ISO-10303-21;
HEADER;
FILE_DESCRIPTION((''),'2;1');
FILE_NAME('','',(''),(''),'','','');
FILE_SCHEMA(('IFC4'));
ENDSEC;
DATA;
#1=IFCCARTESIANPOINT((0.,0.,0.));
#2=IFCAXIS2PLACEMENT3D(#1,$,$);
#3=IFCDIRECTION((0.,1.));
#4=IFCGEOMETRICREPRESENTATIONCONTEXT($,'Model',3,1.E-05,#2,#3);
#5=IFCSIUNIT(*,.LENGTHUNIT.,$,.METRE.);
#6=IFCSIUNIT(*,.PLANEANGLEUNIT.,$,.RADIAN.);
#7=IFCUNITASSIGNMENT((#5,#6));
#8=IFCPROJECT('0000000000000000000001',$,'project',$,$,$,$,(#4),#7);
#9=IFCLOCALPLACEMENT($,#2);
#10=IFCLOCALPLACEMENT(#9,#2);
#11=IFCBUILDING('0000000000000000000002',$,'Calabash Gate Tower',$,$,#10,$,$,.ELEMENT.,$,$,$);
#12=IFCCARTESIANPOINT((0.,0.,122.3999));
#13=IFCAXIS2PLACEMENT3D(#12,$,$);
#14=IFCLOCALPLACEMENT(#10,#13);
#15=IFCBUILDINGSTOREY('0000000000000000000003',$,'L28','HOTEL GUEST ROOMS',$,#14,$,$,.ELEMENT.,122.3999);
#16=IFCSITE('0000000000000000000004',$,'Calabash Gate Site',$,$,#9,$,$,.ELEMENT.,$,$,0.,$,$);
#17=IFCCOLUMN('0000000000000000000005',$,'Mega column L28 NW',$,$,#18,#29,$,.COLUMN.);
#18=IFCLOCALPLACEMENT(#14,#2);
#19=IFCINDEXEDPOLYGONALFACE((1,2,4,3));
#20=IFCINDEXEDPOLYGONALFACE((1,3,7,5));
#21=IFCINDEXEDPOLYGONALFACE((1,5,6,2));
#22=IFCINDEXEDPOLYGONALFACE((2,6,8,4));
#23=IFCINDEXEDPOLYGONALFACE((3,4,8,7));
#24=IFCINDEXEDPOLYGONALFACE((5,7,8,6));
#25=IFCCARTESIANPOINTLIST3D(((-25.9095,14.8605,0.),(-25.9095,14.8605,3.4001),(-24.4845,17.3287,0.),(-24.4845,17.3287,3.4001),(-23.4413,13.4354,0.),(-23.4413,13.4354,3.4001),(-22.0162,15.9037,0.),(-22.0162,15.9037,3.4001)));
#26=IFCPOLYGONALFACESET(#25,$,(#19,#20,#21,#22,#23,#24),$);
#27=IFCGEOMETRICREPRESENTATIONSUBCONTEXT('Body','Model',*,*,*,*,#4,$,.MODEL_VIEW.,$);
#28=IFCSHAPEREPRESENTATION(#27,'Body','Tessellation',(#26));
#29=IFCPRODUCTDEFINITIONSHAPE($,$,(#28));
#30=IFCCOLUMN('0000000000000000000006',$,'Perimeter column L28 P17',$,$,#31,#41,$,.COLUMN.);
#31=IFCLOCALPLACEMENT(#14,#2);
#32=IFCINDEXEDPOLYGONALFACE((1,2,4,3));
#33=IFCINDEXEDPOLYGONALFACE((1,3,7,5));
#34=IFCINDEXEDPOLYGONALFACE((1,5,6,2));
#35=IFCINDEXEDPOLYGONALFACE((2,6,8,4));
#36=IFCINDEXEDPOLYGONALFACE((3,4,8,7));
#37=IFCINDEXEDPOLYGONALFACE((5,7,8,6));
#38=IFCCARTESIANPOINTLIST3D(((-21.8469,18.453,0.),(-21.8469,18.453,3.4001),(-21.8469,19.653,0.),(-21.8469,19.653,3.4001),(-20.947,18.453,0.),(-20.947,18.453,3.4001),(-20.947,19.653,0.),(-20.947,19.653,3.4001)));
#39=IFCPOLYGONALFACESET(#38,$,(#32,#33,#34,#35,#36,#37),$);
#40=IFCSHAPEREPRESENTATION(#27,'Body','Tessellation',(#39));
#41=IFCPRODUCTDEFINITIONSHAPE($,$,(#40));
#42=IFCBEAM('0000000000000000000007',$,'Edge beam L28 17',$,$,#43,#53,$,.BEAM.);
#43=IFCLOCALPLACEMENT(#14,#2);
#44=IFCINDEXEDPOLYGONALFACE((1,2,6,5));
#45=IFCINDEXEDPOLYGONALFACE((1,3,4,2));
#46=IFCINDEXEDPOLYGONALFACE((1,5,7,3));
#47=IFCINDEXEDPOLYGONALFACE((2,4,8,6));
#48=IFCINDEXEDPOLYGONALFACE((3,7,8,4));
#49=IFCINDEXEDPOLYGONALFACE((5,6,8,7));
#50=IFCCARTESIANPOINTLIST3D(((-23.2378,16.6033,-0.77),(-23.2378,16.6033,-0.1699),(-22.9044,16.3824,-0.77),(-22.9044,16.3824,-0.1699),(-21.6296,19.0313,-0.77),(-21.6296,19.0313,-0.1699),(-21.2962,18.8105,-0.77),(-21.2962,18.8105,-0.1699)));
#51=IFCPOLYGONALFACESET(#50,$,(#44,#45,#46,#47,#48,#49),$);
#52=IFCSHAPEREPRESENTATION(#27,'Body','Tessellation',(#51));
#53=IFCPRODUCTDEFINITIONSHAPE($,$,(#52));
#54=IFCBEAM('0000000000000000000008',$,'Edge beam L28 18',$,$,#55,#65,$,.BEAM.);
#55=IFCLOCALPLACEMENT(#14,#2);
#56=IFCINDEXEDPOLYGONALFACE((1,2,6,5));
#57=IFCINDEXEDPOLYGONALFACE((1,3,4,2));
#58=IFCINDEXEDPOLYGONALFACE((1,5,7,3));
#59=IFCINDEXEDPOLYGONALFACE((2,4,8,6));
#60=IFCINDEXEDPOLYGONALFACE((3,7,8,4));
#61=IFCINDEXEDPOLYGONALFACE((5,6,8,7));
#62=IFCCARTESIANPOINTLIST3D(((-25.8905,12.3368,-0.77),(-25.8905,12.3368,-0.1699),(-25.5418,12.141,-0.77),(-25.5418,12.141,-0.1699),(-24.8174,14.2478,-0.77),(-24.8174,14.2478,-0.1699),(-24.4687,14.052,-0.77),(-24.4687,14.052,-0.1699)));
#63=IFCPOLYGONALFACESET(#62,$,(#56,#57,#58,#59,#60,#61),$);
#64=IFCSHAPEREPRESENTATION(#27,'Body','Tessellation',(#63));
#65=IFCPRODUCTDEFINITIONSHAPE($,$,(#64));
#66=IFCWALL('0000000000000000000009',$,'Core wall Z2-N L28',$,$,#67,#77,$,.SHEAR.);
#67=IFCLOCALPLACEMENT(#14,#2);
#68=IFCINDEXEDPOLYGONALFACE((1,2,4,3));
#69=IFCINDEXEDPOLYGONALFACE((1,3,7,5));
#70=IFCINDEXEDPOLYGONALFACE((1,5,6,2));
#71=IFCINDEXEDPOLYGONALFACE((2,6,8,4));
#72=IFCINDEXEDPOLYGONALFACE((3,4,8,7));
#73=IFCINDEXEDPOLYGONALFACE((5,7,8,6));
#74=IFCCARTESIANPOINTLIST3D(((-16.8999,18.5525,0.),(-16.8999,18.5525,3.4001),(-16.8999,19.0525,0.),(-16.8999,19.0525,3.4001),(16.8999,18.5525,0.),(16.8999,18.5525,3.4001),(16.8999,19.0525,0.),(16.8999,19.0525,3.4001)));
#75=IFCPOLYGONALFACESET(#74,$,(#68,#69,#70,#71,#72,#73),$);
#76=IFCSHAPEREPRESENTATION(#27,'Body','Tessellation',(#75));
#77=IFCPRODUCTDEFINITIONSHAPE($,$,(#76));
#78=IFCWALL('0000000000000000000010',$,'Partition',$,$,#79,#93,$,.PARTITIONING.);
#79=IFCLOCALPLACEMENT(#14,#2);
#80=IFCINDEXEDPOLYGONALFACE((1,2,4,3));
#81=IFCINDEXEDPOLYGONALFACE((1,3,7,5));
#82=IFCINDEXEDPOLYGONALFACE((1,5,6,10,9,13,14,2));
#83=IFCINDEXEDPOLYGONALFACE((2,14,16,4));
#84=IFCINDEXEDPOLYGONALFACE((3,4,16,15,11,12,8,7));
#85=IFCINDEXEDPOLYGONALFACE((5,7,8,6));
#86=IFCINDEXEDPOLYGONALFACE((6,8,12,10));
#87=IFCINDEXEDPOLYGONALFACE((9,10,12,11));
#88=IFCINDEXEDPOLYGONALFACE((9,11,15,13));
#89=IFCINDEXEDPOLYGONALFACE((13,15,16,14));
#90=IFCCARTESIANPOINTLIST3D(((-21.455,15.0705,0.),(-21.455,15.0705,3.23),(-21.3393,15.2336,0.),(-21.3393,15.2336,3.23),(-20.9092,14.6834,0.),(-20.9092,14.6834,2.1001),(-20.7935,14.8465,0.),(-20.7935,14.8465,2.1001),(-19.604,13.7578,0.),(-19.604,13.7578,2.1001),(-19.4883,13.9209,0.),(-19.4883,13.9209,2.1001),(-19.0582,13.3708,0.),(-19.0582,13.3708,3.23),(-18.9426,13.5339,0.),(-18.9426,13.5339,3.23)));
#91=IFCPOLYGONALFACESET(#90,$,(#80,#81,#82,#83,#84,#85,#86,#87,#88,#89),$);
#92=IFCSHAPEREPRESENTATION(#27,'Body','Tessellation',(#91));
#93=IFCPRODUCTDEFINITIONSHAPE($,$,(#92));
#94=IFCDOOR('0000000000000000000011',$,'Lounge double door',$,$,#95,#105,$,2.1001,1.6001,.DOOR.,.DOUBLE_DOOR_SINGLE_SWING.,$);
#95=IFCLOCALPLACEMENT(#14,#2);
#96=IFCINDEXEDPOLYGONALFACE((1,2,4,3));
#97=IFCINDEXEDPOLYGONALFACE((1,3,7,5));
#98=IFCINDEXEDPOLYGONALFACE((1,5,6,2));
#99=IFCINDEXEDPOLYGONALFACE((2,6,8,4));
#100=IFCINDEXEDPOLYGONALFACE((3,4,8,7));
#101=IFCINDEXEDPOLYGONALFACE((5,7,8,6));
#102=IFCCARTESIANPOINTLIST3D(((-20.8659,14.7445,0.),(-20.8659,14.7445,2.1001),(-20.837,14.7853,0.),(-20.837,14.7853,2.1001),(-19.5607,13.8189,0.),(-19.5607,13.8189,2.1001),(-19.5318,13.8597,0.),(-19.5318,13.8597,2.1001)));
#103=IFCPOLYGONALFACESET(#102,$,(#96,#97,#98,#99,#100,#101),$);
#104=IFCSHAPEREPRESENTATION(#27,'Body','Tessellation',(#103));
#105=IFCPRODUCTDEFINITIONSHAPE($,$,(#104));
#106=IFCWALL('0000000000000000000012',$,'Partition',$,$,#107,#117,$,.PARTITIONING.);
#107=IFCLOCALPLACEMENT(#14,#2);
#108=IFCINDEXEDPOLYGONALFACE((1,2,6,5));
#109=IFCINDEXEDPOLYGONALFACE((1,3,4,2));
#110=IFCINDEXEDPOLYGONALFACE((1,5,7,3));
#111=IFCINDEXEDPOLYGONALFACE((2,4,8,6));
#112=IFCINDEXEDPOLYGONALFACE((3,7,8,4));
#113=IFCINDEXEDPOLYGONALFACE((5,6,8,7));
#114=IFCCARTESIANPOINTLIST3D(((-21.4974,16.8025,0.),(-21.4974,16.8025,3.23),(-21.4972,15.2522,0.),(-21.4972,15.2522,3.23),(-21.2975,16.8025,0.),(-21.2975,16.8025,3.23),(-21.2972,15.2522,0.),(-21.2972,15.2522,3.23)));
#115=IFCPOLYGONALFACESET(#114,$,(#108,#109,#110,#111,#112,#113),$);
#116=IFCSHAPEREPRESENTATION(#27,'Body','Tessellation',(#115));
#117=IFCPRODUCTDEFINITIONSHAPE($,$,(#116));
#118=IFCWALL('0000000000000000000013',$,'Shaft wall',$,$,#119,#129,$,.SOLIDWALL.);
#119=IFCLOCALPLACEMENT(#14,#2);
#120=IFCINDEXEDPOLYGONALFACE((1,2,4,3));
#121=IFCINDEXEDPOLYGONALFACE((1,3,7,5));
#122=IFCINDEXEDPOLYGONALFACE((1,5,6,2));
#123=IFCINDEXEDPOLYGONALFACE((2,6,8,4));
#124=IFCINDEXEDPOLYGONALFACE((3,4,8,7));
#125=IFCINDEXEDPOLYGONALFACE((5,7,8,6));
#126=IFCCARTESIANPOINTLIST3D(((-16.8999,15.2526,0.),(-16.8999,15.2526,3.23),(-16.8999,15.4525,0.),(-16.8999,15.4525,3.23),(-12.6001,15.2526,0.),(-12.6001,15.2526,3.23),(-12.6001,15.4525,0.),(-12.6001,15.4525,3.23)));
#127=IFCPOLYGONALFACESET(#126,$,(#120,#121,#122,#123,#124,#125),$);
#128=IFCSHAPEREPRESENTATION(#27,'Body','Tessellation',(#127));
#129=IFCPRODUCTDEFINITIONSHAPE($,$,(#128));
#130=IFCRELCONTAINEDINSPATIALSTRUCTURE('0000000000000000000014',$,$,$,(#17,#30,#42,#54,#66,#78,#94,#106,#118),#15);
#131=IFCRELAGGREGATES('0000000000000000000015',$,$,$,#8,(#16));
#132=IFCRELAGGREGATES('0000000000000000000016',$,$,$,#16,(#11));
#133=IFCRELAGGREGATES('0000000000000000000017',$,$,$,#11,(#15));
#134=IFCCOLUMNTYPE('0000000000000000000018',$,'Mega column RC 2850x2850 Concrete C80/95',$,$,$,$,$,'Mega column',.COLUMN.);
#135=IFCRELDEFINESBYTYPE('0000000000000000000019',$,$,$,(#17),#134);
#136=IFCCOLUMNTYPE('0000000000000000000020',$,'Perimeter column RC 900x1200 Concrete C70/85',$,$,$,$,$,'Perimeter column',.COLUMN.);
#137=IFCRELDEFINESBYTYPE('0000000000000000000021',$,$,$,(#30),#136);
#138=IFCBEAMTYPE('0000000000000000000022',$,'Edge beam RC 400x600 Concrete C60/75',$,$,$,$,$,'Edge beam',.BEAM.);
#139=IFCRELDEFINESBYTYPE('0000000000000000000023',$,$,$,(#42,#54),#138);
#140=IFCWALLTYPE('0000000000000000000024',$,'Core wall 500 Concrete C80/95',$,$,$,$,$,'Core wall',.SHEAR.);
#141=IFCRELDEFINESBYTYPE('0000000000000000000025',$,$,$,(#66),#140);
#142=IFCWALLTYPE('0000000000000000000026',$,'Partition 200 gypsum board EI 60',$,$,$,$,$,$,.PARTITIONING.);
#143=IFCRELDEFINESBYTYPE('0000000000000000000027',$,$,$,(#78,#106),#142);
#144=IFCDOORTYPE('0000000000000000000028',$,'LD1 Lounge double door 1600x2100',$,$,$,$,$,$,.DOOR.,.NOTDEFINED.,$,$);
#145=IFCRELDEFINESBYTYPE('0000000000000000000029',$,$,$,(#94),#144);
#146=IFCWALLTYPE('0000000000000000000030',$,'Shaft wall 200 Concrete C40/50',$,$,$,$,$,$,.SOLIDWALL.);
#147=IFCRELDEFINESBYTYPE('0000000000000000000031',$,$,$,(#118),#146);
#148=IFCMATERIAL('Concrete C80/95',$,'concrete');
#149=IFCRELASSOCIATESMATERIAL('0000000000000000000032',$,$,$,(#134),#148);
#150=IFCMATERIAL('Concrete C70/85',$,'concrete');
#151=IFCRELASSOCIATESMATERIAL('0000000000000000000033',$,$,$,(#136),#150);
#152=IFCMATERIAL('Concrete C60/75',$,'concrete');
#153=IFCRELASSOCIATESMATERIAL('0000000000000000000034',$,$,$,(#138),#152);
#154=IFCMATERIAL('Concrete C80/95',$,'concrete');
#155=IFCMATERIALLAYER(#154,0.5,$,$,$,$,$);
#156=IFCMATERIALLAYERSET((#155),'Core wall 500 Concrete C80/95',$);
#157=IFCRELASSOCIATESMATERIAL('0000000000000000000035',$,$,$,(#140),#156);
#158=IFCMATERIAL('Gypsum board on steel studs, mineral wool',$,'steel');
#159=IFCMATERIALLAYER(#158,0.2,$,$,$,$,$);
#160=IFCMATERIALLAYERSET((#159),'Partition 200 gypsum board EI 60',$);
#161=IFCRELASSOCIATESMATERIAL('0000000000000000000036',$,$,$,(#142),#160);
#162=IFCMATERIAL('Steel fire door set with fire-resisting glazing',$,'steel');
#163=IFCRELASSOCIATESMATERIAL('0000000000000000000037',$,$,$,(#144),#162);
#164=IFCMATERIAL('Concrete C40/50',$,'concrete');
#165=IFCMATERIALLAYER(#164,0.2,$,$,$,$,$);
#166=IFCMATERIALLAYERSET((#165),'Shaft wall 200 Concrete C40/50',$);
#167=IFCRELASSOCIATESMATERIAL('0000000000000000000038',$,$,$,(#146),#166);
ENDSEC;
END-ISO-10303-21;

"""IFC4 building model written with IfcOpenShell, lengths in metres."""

from ifc_helpers import new_model, si_unit, direction, frame, frame_2d, origin, origin_2d, place, context, subcontext, project, spatial, rectangle, extrude, material, layer, layer_set, material_profile, profile_set, type_object, element, fill, save


model = new_model("IFC4")

# Units and contexts
model_context = context("Model", 3, precision=1e-05, world=origin(), true_north=direction((0.0, 1.0)))
body_context = subcontext(model_context, "Body", "Model", "MODEL_VIEW")
ifc_project = project(units=[si_unit("LENGTHUNIT", "METRE"), si_unit("PLANEANGLEUNIT", "RADIAN")], contexts=[model_context])

# Site, building, storey
site_placement = place(None, origin())
site = spatial("IfcSite", under=ifc_project, at=site_placement, Name="Calabash Gate Site", CompositionType="ELEMENT", RefElevation=0.0)
building_placement = place(site_placement, origin())
building = spatial("IfcBuilding", under=site, at=building_placement, Name="Calabash Gate Tower", CompositionType="ELEMENT")
storey_placement = place(building_placement, frame((0.0, 0.0, 122.3999)))
storey = spatial("IfcBuildingStorey", under=building, at=storey_placement, Name="L28", Description="HOTEL GUEST ROOMS", CompositionType="ELEMENT", Elevation=122.3999)

# Columns
ifc_material_1 = material(Name="Concrete C80/95", Category="concrete")
ifc_material_profile_1 = material_profile(ifc_material_1, rectangle(XDim=2.8501, YDim=2.8501, at=origin_2d()))
ifc_profile_set_1 = profile_set([ifc_material_profile_1], Name="Concrete C80/95")
column_type_1 = type_object("IfcColumnType", Name="Mega column RC 2850x2850 Concrete C80/95", ElementType="Mega column", PredefinedType="COLUMN", material=ifc_profile_set_1)
column_1_placement = place(storey_placement, frame((-23.9629, 15.3821, 0.0), z_axis=(0.0, 0.0, 1.0), x_axis=(0.866025, -0.5, 0.0)))
element("IfcColumn", 1, at=column_1_placement, inside=storey, type_object=column_type_1, Name="Mega column L28 NW", PredefinedType="COLUMN", context=body_context, shape_type="SweptSolid", body=[
    extrude(rectangle(XDim=2.8501, YDim=2.8501, at=origin_2d()), origin(), (0.0, 0.0, 1.0), 3.4001),
])
ifc_material_2 = material(Name="Concrete C70/85", Category="concrete")
ifc_material_profile_2 = material_profile(ifc_material_2, rectangle(XDim=0.8999, YDim=1.2, at=origin_2d()))
ifc_profile_set_2 = profile_set([ifc_material_profile_2], Name="Concrete C70/85")
column_type_2 = type_object("IfcColumnType", Name="Perimeter column RC 900x1200 Concrete C70/85", ElementType="Perimeter column", PredefinedType="COLUMN", material=ifc_profile_set_2)
column_2_placement = place(storey_placement, frame((-21.397, 19.053, 0.0), z_axis=(0.0, 0.0, 1.0), x_axis=(-1.0, 0.0, 0.0)))
element("IfcColumn", 2, at=column_2_placement, inside=storey, type_object=column_type_2, Name="Perimeter column L28 P17", PredefinedType="COLUMN", context=body_context, shape_type="SweptSolid", body=[
    extrude(rectangle(XDim=0.8999, YDim=1.2, at=origin_2d()), origin(), (0.0, 0.0, 1.0), 3.4001),
])

# Beams
ifc_material_3 = material(Name="Concrete C60/75", Category="concrete")
ifc_material_profile_3 = material_profile(ifc_material_3, rectangle(XDim=0.3999, YDim=0.6001, at=origin_2d()))
ifc_profile_set_3 = profile_set([ifc_material_profile_3], Name="Concrete C60/75")
beam_type = type_object("IfcBeamType", Name="Edge beam RC 400x600 Concrete C60/75", ElementType="Edge beam", PredefinedType="BEAM", material=ifc_profile_set_3)
beam_1_placement = place(storey_placement, frame((-21.4629, 18.9209, -0.47), z_axis=(-0.552202, -0.83371, 0.0), x_axis=(0.83371, -0.552202, 0.0)))
element("IfcBeam", 3, at=beam_1_placement, inside=storey, type_object=beam_type, Name="Edge beam L28 17", PredefinedType="BEAM", context=body_context, shape_type="SweptSolid", body=[
    extrude(rectangle(XDim=0.3999, YDim=0.6001, at=origin_2d()), origin(), (0.0, 0.0, 1.0), 2.9124),
])
beam_2_placement = place(storey_placement, frame((-24.6431, 14.1499, -0.47), z_axis=(-0.489611, -0.871941, 0.0), x_axis=(0.871941, -0.489611, 0.0)))
element("IfcBeam", 4, at=beam_2_placement, inside=storey, type_object=beam_type, Name="Edge beam L28 18", PredefinedType="BEAM", context=body_context, shape_type="SweptSolid", body=[
    extrude(rectangle(XDim=0.3999, YDim=0.6001, at=origin_2d()), origin(), (0.0, 0.0, 1.0), 2.1917),
])

# Wall
ifc_material_4 = material(Name="Concrete C80/95", Category="concrete")
ifc_layer_1 = layer(ifc_material_4, 0.5)
ifc_layer_set_1 = layer_set([ifc_layer_1], Name="Core wall 500 Concrete C80/95")
wall_type_1 = type_object("IfcWallType", Name="Core wall 500 Concrete C80/95", ElementType="Core wall", PredefinedType="SHEAR", material=ifc_layer_set_1)
wall_1_placement = place(storey_placement, frame((-16.8999, 18.8025, 0.0), z_axis=(0.0, 0.0, 1.0), x_axis=(1.0, 0.0, 0.0)))
element("IfcWall", 5, at=wall_1_placement, inside=storey, type_object=wall_type_1, Name="Core wall Z2-N L28", PredefinedType="SHEAR", context=body_context, shape_type="SweptSolid", body=[
    extrude(rectangle(XDim=33.7998, YDim=0.5, at=frame_2d((16.8999, 0.0))), origin(), (0.0, 0.0, 1.0), 3.4001),
])

# Wall, opening, door
ifc_material_5 = material(Name="Gypsum board on steel studs, mineral wool", Category="steel")
ifc_layer_2 = layer(ifc_material_5, 0.2)
ifc_layer_set_2 = layer_set([ifc_layer_2], Name="Partition 200 gypsum board EI 60")
wall_type_2 = type_object("IfcWallType", Name="Partition 200 gypsum board EI 60", PredefinedType="PARTITIONING", material=ifc_layer_set_2)
wall_2_placement = place(storey_placement, frame((-21.3972, 15.1521, 0.0), z_axis=(0.0, 0.0, 1.0), x_axis=(0.815699, -0.578476, 0.0)))
wall_2 = element("IfcWall", 6, at=wall_2_placement, inside=storey, type_object=wall_type_2, Name="Partition", PredefinedType="PARTITIONING", context=body_context, shape_type="SweptSolid", body=[
    extrude(rectangle(XDim=2.9382, YDim=0.2, at=frame_2d((1.4692, 0.0))), origin(), (0.0, 0.0, 1.0), 3.23),
])
opening_1_placement = place(wall_2_placement, frame((0.6692, 0.0, 0.0)))
opening_1 = element("IfcOpeningElement", 7, at=opening_1_placement, cuts=wall_2, PredefinedType="OPENING", context=body_context, shape_type="SweptSolid", body=[
    extrude(rectangle(XDim=1.6001, YDim=2.1001, at=frame_2d((0.8, 1.05))), frame((0.0, 0.1099, 0.0), z_axis=(0.0, -1.0, 0.0), x_axis=(1.0, 0.0, 0.0)), (0.0, 0.0, 1.0), 0.22),
])
ifc_material_6 = material(Name="Steel fire door set with fire-resisting glazing", Category="steel")
door_type_1 = type_object("IfcDoorType", Name="LD1 Lounge double door 1600x2100", OperationType="NOTDEFINED", PredefinedType="DOOR", material=ifc_material_6)
door_1_placement = place(opening_1_placement, origin())
door_1 = element("IfcDoor", 8, at=door_1_placement, inside=storey, type_object=door_type_1, Name="Lounge double door", OperationType="DOUBLE_DOOR_SINGLE_SWING", OverallHeight=2.1001, OverallWidth=1.6001, PredefinedType="DOOR", context=body_context, shape_type="SweptSolid", body=[
    extrude(rectangle(XDim=1.6001, YDim=2.1001, at=frame_2d((0.8, 1.05))), frame((0.0, 0.0249, 0.0), z_axis=(0.0, -1.0, 0.0), x_axis=(1.0, 0.0, 0.0)), (0.0, 0.0, 1.0), 0.05),
])
fill(opening_1, door_1)

# Walls
wall_3_placement = place(storey_placement, frame((-21.3975, 16.8025, 0.0), z_axis=(0.0, 0.0, 1.0), x_axis=(0.000157, -1.0, 0.0)))
element("IfcWall", 9, at=wall_3_placement, inside=storey, type_object=wall_type_2, Name="Partition", PredefinedType="PARTITIONING", context=body_context, shape_type="SweptSolid", body=[
    extrude(rectangle(XDim=1.5503, YDim=0.2, at=frame_2d((0.7751, 0.0))), origin(), (0.0, 0.0, 1.0), 3.23),
])
ifc_material_7 = material(Name="Concrete C40/50", Category="concrete")
ifc_layer_3 = layer(ifc_material_7, 0.2)
ifc_layer_set_3 = layer_set([ifc_layer_3], Name="Shaft wall 200 Concrete C40/50")
wall_type_3 = type_object("IfcWallType", Name="Shaft wall 200 Concrete C40/50", PredefinedType="SOLIDWALL", material=ifc_layer_set_3)
wall_4_placement = place(storey_placement, frame((-16.8999, 15.3525, 0.0), z_axis=(0.0, 0.0, 1.0), x_axis=(1.0, 0.0, 0.0)))
element("IfcWall", 10, at=wall_4_placement, inside=storey, type_object=wall_type_3, Name="Shaft wall", PredefinedType="SOLIDWALL", context=body_context, shape_type="SweptSolid", body=[
    extrude(rectangle(XDim=4.2998, YDim=0.2, at=frame_2d((2.1499, 0.0))), origin(), (0.0, 0.0, 1.0), 3.23),
])

save(model, "model.ifc")
